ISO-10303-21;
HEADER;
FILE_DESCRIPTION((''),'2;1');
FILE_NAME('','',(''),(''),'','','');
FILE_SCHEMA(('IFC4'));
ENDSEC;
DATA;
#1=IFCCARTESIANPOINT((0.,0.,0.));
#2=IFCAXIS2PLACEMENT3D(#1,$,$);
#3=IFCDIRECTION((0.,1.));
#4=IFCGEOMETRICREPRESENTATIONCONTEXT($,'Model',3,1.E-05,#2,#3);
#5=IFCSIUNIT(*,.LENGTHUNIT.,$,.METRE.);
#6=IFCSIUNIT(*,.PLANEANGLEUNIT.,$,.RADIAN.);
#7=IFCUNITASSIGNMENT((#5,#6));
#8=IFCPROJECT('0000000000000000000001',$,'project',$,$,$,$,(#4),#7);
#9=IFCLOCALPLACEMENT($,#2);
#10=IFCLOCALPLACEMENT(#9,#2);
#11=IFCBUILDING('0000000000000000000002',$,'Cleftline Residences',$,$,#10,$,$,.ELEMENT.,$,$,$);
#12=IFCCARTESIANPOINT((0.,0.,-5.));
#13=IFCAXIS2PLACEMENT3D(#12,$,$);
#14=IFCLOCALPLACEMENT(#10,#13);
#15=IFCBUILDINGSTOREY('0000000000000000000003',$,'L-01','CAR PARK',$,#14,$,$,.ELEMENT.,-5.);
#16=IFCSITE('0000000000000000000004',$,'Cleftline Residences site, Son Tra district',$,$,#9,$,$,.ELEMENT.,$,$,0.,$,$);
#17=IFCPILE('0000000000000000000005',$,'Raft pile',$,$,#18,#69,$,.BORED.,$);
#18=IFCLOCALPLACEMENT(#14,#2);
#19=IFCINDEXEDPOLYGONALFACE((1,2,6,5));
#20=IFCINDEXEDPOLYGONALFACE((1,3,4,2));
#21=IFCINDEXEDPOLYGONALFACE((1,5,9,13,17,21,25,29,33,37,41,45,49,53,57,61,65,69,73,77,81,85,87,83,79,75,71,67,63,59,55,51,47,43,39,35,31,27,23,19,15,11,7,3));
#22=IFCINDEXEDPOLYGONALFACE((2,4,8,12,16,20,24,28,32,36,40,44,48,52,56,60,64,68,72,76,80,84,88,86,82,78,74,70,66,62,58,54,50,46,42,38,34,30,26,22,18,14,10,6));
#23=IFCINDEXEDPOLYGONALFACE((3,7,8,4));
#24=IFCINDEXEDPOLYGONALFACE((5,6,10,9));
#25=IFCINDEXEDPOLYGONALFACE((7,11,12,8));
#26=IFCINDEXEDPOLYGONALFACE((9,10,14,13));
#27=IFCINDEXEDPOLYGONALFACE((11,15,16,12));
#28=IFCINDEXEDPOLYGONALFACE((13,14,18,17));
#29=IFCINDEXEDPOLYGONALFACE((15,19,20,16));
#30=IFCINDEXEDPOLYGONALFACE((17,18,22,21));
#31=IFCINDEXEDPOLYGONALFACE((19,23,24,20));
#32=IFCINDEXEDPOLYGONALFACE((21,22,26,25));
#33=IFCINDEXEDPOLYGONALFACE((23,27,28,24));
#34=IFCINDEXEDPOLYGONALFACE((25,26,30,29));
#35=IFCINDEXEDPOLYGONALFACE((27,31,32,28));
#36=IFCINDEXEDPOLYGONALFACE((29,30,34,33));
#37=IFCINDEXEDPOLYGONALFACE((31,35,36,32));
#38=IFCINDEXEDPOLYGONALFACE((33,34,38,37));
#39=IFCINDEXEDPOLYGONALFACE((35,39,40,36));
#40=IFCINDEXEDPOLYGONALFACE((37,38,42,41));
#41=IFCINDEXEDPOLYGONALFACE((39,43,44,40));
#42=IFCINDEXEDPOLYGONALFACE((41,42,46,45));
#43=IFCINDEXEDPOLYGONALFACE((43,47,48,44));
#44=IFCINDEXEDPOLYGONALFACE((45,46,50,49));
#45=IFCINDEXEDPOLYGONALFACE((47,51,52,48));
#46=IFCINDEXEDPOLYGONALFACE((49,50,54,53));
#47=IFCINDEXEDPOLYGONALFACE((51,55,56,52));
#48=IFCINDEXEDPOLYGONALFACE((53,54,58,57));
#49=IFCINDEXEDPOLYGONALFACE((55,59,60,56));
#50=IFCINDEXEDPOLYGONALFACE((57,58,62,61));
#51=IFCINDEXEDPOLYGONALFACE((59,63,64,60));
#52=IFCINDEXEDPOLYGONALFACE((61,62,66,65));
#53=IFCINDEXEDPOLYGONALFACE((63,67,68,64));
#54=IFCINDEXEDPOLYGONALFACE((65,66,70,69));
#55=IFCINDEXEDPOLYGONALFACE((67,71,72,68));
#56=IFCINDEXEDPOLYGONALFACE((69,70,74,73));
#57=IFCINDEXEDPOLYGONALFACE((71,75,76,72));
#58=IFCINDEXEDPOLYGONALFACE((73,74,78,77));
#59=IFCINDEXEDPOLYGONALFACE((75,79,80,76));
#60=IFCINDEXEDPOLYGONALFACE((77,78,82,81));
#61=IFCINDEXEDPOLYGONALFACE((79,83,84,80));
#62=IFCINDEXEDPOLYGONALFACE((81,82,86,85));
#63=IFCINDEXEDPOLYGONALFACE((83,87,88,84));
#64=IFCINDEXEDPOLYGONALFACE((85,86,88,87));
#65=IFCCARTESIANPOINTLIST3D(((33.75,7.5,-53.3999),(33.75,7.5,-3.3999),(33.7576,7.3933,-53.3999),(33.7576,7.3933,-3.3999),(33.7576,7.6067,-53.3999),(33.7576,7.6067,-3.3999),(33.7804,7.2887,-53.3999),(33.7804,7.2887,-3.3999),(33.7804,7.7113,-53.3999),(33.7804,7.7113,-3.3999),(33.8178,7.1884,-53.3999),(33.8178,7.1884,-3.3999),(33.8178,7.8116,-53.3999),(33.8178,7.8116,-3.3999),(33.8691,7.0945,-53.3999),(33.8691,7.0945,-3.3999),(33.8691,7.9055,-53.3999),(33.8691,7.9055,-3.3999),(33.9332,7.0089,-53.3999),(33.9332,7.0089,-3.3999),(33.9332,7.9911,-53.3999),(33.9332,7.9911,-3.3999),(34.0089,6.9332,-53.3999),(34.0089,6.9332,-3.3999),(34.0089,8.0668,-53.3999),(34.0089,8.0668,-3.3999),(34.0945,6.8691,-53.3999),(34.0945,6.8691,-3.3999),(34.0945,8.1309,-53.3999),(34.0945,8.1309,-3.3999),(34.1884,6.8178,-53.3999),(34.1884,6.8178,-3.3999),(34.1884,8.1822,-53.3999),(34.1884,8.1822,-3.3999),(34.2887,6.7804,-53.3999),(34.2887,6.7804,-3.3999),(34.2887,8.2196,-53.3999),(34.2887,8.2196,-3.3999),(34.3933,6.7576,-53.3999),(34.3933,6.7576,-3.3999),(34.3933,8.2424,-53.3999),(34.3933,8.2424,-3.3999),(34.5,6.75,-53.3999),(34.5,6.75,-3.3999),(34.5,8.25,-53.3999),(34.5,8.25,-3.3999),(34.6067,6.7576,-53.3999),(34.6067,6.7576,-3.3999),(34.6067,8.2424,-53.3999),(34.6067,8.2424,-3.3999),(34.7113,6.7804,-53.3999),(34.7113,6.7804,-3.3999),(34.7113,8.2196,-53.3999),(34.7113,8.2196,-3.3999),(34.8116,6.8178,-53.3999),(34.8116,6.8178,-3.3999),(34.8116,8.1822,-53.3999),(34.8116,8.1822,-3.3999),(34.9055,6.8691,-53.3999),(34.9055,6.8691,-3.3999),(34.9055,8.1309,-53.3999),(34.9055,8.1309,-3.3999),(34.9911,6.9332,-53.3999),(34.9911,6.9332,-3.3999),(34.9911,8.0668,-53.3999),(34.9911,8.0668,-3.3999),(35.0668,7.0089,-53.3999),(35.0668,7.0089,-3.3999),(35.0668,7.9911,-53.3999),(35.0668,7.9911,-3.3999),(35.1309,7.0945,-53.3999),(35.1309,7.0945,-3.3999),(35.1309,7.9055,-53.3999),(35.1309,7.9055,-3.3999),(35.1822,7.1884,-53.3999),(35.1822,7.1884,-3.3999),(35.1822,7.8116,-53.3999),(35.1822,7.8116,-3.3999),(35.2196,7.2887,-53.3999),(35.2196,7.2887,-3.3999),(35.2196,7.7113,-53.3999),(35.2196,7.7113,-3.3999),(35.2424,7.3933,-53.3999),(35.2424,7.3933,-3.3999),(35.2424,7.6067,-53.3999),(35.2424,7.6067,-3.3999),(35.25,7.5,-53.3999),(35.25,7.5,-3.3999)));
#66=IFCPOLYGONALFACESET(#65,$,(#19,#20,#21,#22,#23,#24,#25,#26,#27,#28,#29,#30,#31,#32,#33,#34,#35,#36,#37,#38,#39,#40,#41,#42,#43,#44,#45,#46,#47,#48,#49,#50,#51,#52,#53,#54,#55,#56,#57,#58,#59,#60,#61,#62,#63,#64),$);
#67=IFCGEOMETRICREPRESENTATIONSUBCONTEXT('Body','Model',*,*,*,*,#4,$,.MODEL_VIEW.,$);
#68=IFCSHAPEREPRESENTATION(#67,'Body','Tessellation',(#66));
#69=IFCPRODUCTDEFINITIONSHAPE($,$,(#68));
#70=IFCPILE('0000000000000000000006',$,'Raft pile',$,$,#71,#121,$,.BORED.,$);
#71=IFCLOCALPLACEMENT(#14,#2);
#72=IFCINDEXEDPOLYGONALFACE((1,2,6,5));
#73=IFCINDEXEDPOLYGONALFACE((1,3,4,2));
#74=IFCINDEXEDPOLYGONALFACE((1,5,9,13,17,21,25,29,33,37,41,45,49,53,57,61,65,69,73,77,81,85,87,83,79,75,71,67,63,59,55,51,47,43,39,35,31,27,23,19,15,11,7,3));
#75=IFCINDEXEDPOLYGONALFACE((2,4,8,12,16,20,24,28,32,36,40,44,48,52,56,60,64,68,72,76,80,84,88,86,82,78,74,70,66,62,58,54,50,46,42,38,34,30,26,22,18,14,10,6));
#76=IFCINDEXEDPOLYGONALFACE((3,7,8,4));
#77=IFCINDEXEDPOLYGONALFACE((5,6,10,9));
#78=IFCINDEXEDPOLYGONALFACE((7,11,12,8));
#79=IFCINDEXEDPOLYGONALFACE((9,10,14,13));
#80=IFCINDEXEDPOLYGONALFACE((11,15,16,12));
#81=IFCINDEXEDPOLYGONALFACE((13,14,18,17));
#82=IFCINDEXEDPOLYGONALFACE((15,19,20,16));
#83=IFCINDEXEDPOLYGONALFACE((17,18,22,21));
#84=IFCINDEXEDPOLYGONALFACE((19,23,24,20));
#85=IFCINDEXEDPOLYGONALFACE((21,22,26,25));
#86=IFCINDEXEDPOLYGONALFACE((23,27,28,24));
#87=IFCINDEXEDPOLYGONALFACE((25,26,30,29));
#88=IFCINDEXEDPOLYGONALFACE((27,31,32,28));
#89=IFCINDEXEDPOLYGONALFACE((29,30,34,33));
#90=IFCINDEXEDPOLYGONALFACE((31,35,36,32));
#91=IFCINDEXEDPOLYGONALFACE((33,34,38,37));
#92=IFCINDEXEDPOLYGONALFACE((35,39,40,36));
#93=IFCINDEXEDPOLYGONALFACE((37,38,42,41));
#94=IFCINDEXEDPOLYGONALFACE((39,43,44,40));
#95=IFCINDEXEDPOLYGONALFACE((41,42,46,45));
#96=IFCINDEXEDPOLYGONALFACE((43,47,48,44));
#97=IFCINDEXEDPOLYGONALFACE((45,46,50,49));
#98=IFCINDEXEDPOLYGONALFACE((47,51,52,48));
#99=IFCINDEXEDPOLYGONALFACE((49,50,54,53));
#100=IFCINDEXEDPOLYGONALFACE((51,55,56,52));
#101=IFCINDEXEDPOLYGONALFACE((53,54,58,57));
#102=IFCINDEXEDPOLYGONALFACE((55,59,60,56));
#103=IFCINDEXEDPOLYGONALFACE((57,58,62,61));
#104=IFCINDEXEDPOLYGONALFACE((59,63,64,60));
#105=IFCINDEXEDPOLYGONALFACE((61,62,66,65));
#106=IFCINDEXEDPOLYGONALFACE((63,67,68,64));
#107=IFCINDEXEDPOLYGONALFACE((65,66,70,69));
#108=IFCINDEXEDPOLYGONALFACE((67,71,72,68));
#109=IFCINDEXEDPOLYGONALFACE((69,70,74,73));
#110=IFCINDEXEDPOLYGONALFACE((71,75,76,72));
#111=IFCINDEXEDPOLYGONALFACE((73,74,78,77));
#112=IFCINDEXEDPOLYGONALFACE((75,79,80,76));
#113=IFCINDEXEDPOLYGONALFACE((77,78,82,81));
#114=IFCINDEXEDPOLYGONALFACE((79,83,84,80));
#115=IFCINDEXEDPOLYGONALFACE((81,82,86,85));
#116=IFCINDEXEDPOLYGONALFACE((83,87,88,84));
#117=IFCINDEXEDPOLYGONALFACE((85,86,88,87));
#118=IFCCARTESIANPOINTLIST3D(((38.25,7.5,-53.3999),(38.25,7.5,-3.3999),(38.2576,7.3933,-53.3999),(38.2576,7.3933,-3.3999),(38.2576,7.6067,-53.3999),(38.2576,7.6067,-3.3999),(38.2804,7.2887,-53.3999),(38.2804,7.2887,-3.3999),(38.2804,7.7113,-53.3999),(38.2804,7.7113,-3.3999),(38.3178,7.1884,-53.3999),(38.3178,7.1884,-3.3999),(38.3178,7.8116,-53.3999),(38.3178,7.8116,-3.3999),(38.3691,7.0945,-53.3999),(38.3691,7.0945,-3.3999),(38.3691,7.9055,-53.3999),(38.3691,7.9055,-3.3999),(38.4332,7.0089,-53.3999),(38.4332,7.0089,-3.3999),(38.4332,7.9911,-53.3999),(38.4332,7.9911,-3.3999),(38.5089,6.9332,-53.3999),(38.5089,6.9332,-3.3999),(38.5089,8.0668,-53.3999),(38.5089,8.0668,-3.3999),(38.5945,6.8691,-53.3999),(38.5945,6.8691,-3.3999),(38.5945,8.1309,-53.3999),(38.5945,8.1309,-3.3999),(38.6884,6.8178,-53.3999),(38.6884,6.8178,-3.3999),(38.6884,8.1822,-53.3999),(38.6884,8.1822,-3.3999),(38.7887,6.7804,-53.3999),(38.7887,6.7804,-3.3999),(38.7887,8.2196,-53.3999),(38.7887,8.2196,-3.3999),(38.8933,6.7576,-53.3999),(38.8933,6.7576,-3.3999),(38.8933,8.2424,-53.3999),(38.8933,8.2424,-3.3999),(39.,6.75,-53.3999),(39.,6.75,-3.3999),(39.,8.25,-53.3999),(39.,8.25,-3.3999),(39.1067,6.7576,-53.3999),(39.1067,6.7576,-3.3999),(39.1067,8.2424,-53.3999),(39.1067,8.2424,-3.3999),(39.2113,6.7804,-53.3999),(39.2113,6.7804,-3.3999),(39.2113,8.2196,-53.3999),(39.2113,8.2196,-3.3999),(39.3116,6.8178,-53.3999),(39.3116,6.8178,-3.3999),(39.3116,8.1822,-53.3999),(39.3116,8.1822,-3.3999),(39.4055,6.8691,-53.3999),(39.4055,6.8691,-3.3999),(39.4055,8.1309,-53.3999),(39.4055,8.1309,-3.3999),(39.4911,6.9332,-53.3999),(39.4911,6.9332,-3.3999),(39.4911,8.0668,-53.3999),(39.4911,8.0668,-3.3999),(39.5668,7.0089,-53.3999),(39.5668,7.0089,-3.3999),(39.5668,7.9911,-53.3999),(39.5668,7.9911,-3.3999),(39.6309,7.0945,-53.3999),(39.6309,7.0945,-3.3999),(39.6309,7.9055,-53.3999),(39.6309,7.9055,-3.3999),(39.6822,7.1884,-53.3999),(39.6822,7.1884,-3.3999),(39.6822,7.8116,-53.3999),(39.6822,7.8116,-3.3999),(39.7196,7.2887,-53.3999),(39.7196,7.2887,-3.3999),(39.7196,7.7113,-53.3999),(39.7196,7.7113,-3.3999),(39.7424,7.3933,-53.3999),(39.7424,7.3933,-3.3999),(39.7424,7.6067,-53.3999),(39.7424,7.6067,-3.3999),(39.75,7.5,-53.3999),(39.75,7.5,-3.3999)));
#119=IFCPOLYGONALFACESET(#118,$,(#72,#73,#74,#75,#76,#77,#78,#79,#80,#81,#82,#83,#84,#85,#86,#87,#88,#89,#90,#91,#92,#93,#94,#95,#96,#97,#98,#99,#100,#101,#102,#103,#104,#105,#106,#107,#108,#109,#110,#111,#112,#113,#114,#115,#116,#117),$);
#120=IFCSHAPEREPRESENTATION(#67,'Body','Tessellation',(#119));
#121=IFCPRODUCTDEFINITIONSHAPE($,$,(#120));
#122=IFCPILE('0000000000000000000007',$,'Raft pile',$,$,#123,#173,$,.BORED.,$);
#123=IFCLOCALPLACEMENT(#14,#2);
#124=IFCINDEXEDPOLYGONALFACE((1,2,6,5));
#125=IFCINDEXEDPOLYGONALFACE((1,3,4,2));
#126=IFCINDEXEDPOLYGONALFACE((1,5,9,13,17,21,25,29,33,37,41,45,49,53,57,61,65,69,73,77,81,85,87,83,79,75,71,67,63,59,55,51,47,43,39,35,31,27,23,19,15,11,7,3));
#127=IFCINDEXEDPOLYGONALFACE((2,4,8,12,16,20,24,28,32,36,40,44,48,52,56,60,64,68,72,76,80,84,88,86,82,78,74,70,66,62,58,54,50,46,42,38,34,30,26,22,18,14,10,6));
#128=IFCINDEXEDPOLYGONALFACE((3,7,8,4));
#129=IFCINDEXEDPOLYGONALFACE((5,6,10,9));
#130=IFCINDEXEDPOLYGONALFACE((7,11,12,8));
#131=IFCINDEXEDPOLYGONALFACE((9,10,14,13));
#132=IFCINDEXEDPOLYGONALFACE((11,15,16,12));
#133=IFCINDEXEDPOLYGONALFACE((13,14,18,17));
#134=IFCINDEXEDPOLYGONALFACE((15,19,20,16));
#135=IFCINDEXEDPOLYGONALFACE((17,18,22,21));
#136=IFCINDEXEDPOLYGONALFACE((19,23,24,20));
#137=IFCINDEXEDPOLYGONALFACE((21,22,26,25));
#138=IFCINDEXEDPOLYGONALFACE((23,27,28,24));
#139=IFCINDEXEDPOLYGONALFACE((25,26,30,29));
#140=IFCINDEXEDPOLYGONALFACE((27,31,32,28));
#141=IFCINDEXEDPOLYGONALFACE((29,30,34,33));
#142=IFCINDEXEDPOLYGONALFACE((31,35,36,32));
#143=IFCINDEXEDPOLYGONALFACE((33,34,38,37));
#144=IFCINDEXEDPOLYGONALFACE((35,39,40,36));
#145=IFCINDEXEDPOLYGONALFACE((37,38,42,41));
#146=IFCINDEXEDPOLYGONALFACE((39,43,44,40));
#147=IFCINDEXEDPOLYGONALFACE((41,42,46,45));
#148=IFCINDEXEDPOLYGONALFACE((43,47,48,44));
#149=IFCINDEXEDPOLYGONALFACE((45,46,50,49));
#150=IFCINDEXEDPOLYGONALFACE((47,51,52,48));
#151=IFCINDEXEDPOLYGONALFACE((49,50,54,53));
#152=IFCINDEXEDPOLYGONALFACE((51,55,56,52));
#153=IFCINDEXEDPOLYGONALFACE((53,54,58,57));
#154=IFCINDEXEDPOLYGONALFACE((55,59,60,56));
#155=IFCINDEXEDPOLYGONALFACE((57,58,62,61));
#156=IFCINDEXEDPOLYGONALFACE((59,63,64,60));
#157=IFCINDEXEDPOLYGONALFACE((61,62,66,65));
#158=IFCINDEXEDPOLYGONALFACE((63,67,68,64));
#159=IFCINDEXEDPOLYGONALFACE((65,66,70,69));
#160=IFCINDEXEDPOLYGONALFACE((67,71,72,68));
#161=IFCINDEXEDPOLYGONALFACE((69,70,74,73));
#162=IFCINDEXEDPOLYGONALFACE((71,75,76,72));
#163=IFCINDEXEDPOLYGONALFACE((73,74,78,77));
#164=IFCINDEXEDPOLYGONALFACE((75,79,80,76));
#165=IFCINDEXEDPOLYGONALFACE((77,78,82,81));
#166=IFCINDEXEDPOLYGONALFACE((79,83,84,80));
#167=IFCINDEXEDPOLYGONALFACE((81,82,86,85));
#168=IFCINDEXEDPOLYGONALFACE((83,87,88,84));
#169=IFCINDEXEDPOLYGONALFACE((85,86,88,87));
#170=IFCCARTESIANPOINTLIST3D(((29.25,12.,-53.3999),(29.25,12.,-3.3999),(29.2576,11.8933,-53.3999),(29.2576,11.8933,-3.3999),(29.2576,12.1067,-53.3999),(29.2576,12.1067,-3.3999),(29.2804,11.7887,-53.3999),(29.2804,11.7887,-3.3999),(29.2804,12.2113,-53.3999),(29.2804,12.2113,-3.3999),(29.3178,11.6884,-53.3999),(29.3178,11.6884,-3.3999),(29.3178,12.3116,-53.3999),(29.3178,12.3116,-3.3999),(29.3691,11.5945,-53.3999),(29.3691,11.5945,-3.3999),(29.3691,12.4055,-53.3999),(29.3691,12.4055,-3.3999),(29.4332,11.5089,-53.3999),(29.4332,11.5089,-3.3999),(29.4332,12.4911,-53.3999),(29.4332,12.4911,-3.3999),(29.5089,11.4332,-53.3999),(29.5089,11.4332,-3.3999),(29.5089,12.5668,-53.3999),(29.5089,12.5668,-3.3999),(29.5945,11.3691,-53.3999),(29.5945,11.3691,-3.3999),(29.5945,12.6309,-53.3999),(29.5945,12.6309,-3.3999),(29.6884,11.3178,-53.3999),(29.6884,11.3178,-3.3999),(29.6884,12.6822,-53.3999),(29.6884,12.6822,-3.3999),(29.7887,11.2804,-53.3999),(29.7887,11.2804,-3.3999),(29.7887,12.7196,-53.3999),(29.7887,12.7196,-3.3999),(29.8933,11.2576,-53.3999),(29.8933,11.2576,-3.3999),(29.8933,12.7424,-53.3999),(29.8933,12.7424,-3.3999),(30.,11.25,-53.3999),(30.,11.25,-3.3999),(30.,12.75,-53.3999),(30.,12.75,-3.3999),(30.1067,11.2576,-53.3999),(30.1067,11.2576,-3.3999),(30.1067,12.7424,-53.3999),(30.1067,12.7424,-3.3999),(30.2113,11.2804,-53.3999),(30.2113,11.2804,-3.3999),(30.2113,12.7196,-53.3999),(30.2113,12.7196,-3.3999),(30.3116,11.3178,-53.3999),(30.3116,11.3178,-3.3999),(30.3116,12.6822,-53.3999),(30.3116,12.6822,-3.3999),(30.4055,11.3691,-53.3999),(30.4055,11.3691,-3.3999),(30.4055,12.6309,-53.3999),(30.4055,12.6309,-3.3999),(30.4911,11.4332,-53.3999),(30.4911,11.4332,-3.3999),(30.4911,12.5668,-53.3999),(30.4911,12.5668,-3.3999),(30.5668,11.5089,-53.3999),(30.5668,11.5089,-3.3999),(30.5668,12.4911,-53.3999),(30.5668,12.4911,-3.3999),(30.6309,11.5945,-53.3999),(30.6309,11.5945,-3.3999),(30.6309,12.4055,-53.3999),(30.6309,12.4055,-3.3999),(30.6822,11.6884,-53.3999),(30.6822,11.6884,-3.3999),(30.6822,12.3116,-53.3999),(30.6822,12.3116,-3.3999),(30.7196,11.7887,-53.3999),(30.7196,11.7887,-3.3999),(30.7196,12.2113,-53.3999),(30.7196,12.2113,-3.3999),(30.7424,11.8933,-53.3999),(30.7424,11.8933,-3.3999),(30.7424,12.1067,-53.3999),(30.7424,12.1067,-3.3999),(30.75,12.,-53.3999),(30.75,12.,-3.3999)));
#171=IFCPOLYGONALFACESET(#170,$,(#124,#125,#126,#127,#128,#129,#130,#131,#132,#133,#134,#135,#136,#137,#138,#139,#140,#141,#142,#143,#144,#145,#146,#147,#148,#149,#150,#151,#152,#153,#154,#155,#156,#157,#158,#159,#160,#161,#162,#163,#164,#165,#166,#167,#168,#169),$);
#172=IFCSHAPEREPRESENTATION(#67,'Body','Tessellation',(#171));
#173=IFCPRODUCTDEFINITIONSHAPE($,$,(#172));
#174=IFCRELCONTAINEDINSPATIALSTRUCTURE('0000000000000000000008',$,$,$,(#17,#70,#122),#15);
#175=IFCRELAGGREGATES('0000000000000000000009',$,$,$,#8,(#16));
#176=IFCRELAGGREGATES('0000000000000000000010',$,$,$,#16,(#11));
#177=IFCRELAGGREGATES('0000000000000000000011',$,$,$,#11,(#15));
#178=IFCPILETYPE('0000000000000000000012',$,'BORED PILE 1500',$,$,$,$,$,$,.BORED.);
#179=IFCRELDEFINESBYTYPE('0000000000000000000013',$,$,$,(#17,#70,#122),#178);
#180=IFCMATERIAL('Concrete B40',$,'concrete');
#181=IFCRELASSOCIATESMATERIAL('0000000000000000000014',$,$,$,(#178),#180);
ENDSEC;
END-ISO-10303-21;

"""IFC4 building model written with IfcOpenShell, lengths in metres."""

from ifc_helpers import new_model, si_unit, direction, frame, origin, origin_2d, place, context, subcontext, project, spatial, circle, extrude, material, material_profile, profile_set, type_object, element, save


model = new_model("IFC4")

# Units and contexts
model_context = context("Model", 3, precision=1e-05, world=origin(), true_north=direction((0.0, 1.0)))
body_context = subcontext(model_context, "Body", "Model", "MODEL_VIEW")
ifc_project = project(units=[si_unit("LENGTHUNIT", "METRE"), si_unit("PLANEANGLEUNIT", "RADIAN")], contexts=[model_context])

# Site, building, storey
site_placement = place(None, origin())
site = spatial("IfcSite", under=ifc_project, at=site_placement, Name="Cleftline Residences site, Son Tra district", CompositionType="ELEMENT", RefElevation=0.0)
building_placement = place(site_placement, origin())
building = spatial("IfcBuilding", under=site, at=building_placement, Name="Cleftline Residences", CompositionType="ELEMENT")
storey_placement = place(building_placement, frame((0.0, 0.0, -5.0)))
storey = spatial("IfcBuildingStorey", under=building, at=storey_placement, Name="L-01", Description="CAR PARK", CompositionType="ELEMENT", Elevation=-5.0)

# Piles
ifc_material_1 = material(Name="Concrete B40", Category="concrete")
ifc_material_profile_1 = material_profile(ifc_material_1, circle(Radius=0.75, at=origin_2d()))
ifc_profile_set_1 = profile_set([ifc_material_profile_1], Name="Concrete B40")
pile_type = type_object("IfcPileType", Name="BORED PILE 1500", PredefinedType="BORED", material=ifc_profile_set_1)
for number, where, z_axis, x_axis, name in (
    (1, (34.5, 7.5, -3.3999), (0.0, 0.0, -1.0), (1.0, 0.0, 0.0), "Raft pile"),
    (2, (39.0, 7.5, -3.3999), (0.0, 0.0, -1.0), (1.0, 0.0, 0.0), "Raft pile"),
    (3, (30.0, 12.0, -3.3999), (0.0, 0.0, -1.0), (1.0, 0.0, 0.0), "Raft pile"),
):
    element("IfcPile", number, at=place(storey_placement, frame(where, z_axis=z_axis, x_axis=x_axis)), inside=storey, type_object=pile_type, Name=name, PredefinedType="BORED", context=body_context, shape_type="SweptSolid", body=[
        extrude(circle(Radius=0.75, at=origin_2d()), origin(), (0.0, 0.0, 1.0), 50.0),
    ])

save(model, "model.ifc")
